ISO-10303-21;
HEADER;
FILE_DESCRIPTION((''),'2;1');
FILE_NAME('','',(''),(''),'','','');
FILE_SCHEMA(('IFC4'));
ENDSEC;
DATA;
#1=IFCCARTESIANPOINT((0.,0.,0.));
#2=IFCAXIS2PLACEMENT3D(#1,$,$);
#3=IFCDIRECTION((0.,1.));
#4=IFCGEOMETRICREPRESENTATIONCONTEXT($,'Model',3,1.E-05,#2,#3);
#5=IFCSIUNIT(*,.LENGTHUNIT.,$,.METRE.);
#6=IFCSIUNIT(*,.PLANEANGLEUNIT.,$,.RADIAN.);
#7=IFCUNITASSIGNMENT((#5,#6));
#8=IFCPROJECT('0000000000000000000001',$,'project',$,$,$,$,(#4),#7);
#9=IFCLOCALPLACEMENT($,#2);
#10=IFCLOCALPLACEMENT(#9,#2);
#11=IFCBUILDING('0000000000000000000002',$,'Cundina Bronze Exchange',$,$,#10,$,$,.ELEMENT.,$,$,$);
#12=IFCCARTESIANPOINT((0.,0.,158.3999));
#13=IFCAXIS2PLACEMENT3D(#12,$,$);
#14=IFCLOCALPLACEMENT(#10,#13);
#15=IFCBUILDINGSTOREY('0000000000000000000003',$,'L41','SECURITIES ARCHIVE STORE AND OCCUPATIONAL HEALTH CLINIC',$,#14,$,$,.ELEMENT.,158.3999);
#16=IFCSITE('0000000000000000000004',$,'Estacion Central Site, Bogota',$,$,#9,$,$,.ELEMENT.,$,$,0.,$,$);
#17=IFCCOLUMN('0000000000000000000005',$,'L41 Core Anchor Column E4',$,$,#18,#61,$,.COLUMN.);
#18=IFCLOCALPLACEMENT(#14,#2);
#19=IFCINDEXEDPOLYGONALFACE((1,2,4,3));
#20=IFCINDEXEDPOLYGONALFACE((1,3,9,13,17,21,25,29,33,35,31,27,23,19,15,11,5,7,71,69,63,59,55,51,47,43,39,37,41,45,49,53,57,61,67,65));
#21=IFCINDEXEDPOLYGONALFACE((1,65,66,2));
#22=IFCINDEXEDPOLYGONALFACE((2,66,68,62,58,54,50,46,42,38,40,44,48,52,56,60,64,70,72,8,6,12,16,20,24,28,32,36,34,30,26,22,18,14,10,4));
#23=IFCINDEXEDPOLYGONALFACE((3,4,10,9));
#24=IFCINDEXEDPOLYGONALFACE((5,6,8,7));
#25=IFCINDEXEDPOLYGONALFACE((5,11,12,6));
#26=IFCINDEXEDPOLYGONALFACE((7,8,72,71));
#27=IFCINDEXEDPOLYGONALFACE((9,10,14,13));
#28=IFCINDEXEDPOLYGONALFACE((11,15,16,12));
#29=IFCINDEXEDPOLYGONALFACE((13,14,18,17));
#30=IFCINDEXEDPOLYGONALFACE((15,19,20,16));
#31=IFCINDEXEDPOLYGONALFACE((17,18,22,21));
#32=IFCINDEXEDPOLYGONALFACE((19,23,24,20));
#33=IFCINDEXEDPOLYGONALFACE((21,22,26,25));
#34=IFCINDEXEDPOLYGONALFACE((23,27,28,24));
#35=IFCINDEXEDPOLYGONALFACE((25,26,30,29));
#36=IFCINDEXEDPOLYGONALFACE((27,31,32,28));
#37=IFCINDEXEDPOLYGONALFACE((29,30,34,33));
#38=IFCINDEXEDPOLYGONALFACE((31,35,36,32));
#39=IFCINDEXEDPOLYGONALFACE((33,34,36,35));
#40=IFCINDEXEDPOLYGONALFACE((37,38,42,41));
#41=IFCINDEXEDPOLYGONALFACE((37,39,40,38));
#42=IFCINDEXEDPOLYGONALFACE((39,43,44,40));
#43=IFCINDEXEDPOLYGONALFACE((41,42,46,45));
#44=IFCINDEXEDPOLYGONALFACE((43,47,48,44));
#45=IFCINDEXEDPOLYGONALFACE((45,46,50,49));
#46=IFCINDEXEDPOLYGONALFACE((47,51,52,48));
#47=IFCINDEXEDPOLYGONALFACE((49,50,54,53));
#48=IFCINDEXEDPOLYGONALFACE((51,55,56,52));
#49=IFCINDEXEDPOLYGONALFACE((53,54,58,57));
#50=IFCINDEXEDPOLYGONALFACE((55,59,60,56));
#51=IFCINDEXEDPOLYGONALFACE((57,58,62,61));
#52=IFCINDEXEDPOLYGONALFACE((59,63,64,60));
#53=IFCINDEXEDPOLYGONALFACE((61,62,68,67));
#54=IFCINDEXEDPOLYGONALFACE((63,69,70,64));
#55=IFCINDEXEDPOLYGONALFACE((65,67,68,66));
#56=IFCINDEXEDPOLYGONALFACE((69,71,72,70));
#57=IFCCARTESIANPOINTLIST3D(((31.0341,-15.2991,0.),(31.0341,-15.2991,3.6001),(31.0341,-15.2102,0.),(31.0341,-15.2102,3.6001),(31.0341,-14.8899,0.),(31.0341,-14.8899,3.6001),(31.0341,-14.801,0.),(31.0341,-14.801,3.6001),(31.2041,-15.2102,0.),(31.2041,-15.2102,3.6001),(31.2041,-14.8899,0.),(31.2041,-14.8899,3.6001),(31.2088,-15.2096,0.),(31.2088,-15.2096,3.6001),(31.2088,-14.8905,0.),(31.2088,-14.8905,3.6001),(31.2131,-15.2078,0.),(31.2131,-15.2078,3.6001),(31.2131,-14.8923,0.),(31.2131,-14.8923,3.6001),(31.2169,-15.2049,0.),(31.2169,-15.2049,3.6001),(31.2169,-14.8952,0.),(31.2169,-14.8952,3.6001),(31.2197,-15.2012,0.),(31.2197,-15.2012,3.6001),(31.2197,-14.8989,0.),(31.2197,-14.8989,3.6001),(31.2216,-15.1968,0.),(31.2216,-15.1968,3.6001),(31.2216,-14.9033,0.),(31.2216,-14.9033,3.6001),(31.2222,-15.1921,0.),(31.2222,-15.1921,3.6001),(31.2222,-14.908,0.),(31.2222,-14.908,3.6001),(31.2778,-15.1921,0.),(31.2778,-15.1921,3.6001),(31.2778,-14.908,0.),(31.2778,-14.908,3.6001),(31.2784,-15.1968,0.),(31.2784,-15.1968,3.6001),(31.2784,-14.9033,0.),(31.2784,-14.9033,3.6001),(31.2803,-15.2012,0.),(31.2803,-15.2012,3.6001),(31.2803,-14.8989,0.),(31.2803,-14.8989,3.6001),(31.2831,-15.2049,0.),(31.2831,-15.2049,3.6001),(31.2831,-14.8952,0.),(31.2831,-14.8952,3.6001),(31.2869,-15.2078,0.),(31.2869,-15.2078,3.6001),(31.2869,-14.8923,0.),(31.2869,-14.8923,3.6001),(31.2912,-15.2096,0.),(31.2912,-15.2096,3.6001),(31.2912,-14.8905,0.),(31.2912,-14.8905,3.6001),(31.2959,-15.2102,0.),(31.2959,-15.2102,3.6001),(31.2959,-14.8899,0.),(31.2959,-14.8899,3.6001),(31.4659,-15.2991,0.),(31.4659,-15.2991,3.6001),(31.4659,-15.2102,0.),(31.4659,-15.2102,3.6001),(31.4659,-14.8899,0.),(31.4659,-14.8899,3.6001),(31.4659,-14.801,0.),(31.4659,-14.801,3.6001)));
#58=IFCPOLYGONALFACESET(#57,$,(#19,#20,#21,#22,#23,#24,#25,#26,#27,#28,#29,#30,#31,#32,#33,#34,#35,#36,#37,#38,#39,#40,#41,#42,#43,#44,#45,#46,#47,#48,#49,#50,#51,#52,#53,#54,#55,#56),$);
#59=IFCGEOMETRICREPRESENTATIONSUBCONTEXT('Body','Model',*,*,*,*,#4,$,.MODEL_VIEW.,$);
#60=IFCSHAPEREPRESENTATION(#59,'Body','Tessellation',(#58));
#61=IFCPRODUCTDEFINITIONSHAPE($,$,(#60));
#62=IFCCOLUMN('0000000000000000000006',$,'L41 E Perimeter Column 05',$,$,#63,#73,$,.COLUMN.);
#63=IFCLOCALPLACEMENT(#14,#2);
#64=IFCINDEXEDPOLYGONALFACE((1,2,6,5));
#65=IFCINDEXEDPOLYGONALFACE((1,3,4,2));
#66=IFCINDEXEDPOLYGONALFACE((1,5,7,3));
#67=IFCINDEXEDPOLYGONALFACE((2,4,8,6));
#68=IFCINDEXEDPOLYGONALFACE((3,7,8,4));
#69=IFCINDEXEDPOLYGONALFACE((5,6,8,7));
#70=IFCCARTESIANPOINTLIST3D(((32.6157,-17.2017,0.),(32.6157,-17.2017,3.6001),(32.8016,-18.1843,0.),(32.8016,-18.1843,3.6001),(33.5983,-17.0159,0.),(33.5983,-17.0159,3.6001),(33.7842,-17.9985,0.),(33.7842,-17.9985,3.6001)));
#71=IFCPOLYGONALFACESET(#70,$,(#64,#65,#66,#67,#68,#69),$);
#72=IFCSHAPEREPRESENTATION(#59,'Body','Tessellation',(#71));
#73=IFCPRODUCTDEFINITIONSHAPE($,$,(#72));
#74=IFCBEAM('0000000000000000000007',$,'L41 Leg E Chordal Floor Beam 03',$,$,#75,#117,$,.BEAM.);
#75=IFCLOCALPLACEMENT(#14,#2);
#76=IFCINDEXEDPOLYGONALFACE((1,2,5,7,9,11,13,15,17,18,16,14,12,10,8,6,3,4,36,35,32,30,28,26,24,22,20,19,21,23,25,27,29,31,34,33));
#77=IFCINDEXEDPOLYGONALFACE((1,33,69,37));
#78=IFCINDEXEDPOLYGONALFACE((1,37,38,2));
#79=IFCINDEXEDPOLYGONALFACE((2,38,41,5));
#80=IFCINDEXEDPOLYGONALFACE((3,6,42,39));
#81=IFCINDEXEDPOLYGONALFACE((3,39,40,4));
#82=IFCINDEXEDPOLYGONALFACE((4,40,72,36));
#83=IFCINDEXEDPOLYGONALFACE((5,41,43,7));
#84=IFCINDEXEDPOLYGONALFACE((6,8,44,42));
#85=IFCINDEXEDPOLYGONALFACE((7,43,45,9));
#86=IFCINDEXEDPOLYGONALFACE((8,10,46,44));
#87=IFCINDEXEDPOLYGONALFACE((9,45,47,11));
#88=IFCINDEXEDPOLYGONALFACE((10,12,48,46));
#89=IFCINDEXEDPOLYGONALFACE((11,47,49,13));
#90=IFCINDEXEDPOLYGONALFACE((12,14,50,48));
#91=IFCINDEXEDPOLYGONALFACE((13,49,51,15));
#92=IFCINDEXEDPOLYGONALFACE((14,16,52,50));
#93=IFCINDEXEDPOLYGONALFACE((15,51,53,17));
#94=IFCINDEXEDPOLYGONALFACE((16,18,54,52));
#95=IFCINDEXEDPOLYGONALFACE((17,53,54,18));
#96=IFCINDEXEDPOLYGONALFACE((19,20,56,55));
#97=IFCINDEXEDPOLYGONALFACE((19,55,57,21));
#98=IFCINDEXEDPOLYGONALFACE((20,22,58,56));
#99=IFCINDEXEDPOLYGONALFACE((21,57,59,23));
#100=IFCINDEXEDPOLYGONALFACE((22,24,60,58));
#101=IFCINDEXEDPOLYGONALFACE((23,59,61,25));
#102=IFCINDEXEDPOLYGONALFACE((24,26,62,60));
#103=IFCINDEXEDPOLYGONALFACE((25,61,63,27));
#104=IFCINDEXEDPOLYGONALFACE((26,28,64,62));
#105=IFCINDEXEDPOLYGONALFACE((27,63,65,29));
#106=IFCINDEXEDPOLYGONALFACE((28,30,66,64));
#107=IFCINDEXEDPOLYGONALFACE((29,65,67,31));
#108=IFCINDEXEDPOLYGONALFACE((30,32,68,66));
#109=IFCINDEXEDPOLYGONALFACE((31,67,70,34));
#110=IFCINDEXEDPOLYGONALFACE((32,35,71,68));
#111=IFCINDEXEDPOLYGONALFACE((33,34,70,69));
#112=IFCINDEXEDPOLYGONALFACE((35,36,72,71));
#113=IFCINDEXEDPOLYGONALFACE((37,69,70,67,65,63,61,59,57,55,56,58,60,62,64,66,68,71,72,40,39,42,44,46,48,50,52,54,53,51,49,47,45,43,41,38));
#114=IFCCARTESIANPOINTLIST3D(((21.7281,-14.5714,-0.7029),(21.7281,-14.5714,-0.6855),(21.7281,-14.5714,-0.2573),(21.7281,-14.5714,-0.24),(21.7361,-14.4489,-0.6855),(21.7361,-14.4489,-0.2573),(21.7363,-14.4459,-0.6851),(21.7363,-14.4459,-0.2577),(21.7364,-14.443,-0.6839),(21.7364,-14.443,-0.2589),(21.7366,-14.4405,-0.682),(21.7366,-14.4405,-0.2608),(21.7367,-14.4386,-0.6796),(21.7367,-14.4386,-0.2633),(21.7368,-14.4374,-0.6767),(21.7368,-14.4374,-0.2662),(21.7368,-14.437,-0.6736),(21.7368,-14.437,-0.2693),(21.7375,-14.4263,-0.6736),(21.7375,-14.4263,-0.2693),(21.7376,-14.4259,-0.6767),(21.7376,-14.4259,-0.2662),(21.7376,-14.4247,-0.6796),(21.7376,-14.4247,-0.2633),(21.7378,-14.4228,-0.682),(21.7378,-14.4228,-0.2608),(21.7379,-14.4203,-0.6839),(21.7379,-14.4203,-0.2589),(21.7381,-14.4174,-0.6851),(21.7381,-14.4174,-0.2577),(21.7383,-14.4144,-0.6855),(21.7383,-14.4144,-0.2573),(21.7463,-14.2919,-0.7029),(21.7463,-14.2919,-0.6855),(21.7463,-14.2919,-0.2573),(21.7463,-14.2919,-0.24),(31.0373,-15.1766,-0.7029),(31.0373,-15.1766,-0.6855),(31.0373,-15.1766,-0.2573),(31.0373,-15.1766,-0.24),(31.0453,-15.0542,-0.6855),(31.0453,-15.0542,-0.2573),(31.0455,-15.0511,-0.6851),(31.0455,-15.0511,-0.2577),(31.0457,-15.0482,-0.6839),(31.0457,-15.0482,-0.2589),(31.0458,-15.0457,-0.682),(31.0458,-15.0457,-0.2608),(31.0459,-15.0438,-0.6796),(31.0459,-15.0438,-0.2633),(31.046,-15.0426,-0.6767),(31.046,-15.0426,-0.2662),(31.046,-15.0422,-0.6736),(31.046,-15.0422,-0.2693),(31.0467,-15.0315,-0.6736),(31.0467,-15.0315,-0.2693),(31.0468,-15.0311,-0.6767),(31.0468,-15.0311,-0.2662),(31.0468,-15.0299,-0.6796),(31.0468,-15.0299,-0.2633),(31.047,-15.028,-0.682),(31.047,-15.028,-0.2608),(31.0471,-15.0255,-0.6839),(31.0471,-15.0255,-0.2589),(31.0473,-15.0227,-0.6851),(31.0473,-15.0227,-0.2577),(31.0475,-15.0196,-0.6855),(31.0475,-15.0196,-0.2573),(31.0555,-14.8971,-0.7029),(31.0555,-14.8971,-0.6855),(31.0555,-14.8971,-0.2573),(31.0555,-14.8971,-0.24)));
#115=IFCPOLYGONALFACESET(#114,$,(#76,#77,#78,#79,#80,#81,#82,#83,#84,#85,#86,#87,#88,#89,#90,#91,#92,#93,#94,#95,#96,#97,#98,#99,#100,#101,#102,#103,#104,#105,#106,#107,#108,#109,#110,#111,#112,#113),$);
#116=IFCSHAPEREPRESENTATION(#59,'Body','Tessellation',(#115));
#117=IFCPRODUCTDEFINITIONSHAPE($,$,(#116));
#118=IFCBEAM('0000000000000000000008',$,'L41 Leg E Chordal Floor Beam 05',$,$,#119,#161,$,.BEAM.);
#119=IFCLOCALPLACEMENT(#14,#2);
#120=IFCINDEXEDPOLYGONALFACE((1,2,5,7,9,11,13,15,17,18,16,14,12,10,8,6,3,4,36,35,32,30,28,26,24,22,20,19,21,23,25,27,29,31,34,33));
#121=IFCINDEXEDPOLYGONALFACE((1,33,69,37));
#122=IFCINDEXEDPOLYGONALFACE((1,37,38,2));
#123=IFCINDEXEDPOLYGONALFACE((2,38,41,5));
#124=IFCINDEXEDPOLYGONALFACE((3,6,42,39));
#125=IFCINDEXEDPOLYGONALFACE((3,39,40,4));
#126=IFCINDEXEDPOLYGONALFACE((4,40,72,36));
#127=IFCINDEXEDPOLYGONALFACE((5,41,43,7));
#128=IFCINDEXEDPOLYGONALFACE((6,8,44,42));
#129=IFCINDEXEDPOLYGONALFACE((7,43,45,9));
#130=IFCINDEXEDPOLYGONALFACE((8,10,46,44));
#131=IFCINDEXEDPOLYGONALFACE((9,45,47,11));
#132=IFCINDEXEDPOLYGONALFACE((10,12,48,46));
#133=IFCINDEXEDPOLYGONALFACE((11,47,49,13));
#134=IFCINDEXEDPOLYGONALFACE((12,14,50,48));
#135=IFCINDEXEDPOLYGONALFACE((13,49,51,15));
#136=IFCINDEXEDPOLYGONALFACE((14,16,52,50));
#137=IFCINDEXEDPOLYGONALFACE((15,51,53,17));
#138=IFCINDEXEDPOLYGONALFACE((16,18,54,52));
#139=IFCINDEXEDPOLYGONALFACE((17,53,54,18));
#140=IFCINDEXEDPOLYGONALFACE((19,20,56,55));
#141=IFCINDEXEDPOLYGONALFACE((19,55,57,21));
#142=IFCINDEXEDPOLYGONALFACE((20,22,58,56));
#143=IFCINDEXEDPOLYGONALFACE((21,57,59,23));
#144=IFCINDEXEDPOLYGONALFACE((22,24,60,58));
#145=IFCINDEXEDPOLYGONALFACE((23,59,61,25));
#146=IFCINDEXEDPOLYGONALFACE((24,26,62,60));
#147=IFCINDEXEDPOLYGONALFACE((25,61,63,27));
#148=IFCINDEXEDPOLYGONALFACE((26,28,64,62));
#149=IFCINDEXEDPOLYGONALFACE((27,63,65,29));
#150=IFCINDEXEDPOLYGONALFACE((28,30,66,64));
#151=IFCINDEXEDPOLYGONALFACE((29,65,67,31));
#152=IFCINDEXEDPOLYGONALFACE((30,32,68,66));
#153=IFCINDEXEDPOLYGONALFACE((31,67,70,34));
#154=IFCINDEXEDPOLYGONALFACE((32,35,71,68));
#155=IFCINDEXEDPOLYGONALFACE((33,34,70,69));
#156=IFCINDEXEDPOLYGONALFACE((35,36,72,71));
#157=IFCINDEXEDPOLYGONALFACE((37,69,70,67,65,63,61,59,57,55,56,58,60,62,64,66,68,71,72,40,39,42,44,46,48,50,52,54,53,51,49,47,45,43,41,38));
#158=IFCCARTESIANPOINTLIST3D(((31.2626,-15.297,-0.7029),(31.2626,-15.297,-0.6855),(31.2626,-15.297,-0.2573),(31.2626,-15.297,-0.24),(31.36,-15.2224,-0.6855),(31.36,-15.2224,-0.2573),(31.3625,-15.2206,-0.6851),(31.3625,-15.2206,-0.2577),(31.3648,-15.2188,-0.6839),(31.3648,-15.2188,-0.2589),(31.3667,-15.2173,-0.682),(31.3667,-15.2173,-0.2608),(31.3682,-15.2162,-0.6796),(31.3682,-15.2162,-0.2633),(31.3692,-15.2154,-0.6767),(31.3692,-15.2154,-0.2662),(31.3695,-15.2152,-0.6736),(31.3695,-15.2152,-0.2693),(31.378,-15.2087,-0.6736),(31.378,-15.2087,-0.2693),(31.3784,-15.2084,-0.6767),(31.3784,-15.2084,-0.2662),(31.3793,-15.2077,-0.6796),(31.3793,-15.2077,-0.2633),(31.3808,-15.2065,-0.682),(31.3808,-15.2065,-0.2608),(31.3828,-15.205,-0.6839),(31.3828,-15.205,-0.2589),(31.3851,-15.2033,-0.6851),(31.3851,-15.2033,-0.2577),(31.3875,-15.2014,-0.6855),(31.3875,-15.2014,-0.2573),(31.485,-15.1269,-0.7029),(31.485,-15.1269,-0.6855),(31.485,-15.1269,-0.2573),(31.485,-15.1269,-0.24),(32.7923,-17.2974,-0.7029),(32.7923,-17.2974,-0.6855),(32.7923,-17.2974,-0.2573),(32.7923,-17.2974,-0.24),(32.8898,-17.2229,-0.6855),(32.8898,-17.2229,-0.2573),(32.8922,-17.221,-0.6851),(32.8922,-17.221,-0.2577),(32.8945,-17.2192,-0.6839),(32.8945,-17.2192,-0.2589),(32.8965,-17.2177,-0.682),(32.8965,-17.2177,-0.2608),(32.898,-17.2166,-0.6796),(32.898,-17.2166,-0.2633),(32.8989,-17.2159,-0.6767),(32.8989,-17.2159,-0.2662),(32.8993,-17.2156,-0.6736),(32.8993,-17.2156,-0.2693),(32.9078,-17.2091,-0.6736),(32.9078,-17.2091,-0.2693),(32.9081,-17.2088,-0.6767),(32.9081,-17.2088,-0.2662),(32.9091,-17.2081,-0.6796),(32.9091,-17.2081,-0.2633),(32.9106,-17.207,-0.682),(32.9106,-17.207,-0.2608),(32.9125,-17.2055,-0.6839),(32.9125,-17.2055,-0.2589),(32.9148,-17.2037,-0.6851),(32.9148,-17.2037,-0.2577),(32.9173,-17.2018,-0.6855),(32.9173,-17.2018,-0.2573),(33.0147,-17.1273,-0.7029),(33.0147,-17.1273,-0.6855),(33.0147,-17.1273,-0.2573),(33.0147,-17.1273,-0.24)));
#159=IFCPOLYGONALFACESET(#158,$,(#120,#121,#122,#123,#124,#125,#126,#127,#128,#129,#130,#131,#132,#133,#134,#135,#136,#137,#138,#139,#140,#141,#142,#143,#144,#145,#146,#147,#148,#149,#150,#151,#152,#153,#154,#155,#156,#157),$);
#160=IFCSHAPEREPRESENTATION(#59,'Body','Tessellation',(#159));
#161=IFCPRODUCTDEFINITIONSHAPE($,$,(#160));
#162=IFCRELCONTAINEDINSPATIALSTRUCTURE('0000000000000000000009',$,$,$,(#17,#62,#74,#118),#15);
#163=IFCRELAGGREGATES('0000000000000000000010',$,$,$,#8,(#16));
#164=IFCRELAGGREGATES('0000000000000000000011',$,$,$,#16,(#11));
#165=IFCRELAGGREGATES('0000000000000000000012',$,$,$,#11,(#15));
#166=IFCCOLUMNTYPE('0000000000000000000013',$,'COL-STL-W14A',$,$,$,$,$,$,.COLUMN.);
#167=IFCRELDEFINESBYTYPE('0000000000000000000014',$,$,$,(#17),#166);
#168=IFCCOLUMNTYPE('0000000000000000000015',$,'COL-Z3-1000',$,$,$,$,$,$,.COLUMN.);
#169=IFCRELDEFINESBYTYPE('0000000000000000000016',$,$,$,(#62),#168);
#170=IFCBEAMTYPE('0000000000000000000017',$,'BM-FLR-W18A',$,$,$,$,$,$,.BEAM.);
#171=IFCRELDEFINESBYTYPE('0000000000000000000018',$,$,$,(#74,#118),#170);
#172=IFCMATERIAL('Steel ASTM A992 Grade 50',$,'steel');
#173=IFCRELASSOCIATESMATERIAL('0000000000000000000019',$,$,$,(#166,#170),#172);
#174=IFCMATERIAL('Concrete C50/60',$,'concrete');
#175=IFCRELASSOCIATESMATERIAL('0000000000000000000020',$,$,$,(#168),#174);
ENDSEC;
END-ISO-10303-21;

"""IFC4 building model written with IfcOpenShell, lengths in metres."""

from ifc_helpers import new_model, si_unit, direction, frame, origin, origin_2d, place, context, subcontext, project, spatial, rectangle, i_section, extrude, material, material_profile, profile_set, type_object, element, save


model = new_model("IFC4")

# Units and contexts
model_context = context("Model", 3, precision=1e-05, world=origin(), true_north=direction((0.0, 1.0)))
body_context = subcontext(model_context, "Body", "Model", "MODEL_VIEW")
ifc_project = project(units=[si_unit("LENGTHUNIT", "METRE"), si_unit("PLANEANGLEUNIT", "RADIAN")], contexts=[model_context])

# Site, building, storey
site_placement = place(None, origin())
site = spatial("IfcSite", under=ifc_project, at=site_placement, Name="Estacion Central Site, Bogota", CompositionType="ELEMENT", RefElevation=0.0)
building_placement = place(site_placement, origin())
building = spatial("IfcBuilding", under=site, at=building_placement, Name="Cundina Bronze Exchange", CompositionType="ELEMENT")
storey_placement = place(building_placement, frame((0.0, 0.0, 158.3999)))
storey = spatial("IfcBuildingStorey", under=building, at=storey_placement, Name="L41", Description="SECURITIES ARCHIVE STORE AND OCCUPATIONAL HEALTH CLINIC", CompositionType="ELEMENT", Elevation=158.3999)

# Columns
ifc_material_1 = material(Name="Steel ASTM A992 Grade 50", Category="steel")
ifc_material_profile_1 = material_profile(ifc_material_1, i_section(OverallWidth=0.4319, OverallDepth=0.498, WebThickness=0.0557, FlangeThickness=0.0889, FilletRadius=0.0181, at=origin_2d()), Name="W14X500", Category="steel")
ifc_profile_set_1 = profile_set([ifc_material_profile_1], Name="Steel ASTM A992 Grade 50")
column_type_1 = type_object("IfcColumnType", Name="COL-STL-W14A", PredefinedType="COLUMN", material=ifc_profile_set_1)
column_1_placement = place(storey_placement, frame((31.25, -15.05, 0.0), z_axis=(0.0, 0.0, 1.0), x_axis=(1.0, 0.0, 0.0)))
element("IfcColumn", 1, at=column_1_placement, inside=storey, type_object=column_type_1, Name="L41 Core Anchor Column E4", PredefinedType="COLUMN", context=body_context, shape_type="SweptSolid", body=[
    extrude(i_section(OverallWidth=0.4319, OverallDepth=0.498, WebThickness=0.0557, FlangeThickness=0.0889, FilletRadius=0.0181, at=origin_2d()), origin(), (0.0, 0.0, 1.0), 3.6001),
])
ifc_material_2 = material(Name="Concrete C50/60", Category="concrete")
ifc_material_profile_2 = material_profile(ifc_material_2, rectangle(XDim=1.0, YDim=1.0, at=origin_2d()), Name="RC1000X1000", Category="concrete")
ifc_profile_set_2 = profile_set([ifc_material_profile_2], Name="Concrete C50/60")
column_type_2 = type_object("IfcColumnType", Name="COL-Z3-1000", PredefinedType="COLUMN", material=ifc_profile_set_2)
column_2_placement = place(storey_placement, frame((33.2, -17.6001, 0.0), z_axis=(0.0, 0.0, 1.0), x_axis=(0.98258, 0.185838, 0.0)))
element("IfcColumn", 2, at=column_2_placement, inside=storey, type_object=column_type_2, Name="L41 E Perimeter Column 05", PredefinedType="COLUMN", context=body_context, shape_type="SweptSolid", body=[
    extrude(rectangle(XDim=1.0, YDim=1.0, at=origin_2d()), origin(), (0.0, 0.0, 1.0), 3.6001),
])

# Beams
ifc_material_profile_3 = material_profile(ifc_material_1, i_section(OverallWidth=0.28, OverallDepth=0.4629, WebThickness=0.0107, FlangeThickness=0.0173, FilletRadius=0.012, at=origin_2d()), Name="W18X76", Category="steel")
ifc_profile_set_3 = profile_set([ifc_material_profile_3], Name="Steel ASTM A992 Grade 50")
beam_type_1 = type_object("IfcBeamType", Name="BM-FLR-W18A", PredefinedType="BEAM", material=ifc_profile_set_3)
beam_1_placement = place(storey_placement, frame((31.0464, -15.0369, -0.4714), z_axis=(-0.997893, 0.064876, 0.0), x_axis=(-0.064876, -0.997893, 0.0)))
element("IfcBeam", 3, at=beam_1_placement, inside=storey, type_object=beam_type_1, Name="L41 Leg E Chordal Floor Beam 03", PredefinedType="BEAM", context=body_context, shape_type="SweptSolid", body=[
    extrude(i_section(OverallWidth=0.28, OverallDepth=0.4629, WebThickness=0.0107, FlangeThickness=0.0173, FilletRadius=0.012, at=origin_2d()), origin(), (0.0, 0.0, 1.0), 9.3289),
])
beam_2_placement = place(storey_placement, frame((31.3738, -15.2119, -0.4714), z_axis=(0.60745, -0.794358, 0.0), x_axis=(0.794358, 0.60745, 0.0)))
element("IfcBeam", 4, at=beam_2_placement, inside=storey, type_object=beam_type_1, Name="L41 Leg E Chordal Floor Beam 05", PredefinedType="BEAM", context=body_context, shape_type="SweptSolid", body=[
    extrude(i_section(OverallWidth=0.28, OverallDepth=0.4629, WebThickness=0.0107, FlangeThickness=0.0173, FilletRadius=0.012, at=origin_2d()), origin(), (0.0, 0.0, 1.0), 2.5183),
])

save(model, "model.ifc")
